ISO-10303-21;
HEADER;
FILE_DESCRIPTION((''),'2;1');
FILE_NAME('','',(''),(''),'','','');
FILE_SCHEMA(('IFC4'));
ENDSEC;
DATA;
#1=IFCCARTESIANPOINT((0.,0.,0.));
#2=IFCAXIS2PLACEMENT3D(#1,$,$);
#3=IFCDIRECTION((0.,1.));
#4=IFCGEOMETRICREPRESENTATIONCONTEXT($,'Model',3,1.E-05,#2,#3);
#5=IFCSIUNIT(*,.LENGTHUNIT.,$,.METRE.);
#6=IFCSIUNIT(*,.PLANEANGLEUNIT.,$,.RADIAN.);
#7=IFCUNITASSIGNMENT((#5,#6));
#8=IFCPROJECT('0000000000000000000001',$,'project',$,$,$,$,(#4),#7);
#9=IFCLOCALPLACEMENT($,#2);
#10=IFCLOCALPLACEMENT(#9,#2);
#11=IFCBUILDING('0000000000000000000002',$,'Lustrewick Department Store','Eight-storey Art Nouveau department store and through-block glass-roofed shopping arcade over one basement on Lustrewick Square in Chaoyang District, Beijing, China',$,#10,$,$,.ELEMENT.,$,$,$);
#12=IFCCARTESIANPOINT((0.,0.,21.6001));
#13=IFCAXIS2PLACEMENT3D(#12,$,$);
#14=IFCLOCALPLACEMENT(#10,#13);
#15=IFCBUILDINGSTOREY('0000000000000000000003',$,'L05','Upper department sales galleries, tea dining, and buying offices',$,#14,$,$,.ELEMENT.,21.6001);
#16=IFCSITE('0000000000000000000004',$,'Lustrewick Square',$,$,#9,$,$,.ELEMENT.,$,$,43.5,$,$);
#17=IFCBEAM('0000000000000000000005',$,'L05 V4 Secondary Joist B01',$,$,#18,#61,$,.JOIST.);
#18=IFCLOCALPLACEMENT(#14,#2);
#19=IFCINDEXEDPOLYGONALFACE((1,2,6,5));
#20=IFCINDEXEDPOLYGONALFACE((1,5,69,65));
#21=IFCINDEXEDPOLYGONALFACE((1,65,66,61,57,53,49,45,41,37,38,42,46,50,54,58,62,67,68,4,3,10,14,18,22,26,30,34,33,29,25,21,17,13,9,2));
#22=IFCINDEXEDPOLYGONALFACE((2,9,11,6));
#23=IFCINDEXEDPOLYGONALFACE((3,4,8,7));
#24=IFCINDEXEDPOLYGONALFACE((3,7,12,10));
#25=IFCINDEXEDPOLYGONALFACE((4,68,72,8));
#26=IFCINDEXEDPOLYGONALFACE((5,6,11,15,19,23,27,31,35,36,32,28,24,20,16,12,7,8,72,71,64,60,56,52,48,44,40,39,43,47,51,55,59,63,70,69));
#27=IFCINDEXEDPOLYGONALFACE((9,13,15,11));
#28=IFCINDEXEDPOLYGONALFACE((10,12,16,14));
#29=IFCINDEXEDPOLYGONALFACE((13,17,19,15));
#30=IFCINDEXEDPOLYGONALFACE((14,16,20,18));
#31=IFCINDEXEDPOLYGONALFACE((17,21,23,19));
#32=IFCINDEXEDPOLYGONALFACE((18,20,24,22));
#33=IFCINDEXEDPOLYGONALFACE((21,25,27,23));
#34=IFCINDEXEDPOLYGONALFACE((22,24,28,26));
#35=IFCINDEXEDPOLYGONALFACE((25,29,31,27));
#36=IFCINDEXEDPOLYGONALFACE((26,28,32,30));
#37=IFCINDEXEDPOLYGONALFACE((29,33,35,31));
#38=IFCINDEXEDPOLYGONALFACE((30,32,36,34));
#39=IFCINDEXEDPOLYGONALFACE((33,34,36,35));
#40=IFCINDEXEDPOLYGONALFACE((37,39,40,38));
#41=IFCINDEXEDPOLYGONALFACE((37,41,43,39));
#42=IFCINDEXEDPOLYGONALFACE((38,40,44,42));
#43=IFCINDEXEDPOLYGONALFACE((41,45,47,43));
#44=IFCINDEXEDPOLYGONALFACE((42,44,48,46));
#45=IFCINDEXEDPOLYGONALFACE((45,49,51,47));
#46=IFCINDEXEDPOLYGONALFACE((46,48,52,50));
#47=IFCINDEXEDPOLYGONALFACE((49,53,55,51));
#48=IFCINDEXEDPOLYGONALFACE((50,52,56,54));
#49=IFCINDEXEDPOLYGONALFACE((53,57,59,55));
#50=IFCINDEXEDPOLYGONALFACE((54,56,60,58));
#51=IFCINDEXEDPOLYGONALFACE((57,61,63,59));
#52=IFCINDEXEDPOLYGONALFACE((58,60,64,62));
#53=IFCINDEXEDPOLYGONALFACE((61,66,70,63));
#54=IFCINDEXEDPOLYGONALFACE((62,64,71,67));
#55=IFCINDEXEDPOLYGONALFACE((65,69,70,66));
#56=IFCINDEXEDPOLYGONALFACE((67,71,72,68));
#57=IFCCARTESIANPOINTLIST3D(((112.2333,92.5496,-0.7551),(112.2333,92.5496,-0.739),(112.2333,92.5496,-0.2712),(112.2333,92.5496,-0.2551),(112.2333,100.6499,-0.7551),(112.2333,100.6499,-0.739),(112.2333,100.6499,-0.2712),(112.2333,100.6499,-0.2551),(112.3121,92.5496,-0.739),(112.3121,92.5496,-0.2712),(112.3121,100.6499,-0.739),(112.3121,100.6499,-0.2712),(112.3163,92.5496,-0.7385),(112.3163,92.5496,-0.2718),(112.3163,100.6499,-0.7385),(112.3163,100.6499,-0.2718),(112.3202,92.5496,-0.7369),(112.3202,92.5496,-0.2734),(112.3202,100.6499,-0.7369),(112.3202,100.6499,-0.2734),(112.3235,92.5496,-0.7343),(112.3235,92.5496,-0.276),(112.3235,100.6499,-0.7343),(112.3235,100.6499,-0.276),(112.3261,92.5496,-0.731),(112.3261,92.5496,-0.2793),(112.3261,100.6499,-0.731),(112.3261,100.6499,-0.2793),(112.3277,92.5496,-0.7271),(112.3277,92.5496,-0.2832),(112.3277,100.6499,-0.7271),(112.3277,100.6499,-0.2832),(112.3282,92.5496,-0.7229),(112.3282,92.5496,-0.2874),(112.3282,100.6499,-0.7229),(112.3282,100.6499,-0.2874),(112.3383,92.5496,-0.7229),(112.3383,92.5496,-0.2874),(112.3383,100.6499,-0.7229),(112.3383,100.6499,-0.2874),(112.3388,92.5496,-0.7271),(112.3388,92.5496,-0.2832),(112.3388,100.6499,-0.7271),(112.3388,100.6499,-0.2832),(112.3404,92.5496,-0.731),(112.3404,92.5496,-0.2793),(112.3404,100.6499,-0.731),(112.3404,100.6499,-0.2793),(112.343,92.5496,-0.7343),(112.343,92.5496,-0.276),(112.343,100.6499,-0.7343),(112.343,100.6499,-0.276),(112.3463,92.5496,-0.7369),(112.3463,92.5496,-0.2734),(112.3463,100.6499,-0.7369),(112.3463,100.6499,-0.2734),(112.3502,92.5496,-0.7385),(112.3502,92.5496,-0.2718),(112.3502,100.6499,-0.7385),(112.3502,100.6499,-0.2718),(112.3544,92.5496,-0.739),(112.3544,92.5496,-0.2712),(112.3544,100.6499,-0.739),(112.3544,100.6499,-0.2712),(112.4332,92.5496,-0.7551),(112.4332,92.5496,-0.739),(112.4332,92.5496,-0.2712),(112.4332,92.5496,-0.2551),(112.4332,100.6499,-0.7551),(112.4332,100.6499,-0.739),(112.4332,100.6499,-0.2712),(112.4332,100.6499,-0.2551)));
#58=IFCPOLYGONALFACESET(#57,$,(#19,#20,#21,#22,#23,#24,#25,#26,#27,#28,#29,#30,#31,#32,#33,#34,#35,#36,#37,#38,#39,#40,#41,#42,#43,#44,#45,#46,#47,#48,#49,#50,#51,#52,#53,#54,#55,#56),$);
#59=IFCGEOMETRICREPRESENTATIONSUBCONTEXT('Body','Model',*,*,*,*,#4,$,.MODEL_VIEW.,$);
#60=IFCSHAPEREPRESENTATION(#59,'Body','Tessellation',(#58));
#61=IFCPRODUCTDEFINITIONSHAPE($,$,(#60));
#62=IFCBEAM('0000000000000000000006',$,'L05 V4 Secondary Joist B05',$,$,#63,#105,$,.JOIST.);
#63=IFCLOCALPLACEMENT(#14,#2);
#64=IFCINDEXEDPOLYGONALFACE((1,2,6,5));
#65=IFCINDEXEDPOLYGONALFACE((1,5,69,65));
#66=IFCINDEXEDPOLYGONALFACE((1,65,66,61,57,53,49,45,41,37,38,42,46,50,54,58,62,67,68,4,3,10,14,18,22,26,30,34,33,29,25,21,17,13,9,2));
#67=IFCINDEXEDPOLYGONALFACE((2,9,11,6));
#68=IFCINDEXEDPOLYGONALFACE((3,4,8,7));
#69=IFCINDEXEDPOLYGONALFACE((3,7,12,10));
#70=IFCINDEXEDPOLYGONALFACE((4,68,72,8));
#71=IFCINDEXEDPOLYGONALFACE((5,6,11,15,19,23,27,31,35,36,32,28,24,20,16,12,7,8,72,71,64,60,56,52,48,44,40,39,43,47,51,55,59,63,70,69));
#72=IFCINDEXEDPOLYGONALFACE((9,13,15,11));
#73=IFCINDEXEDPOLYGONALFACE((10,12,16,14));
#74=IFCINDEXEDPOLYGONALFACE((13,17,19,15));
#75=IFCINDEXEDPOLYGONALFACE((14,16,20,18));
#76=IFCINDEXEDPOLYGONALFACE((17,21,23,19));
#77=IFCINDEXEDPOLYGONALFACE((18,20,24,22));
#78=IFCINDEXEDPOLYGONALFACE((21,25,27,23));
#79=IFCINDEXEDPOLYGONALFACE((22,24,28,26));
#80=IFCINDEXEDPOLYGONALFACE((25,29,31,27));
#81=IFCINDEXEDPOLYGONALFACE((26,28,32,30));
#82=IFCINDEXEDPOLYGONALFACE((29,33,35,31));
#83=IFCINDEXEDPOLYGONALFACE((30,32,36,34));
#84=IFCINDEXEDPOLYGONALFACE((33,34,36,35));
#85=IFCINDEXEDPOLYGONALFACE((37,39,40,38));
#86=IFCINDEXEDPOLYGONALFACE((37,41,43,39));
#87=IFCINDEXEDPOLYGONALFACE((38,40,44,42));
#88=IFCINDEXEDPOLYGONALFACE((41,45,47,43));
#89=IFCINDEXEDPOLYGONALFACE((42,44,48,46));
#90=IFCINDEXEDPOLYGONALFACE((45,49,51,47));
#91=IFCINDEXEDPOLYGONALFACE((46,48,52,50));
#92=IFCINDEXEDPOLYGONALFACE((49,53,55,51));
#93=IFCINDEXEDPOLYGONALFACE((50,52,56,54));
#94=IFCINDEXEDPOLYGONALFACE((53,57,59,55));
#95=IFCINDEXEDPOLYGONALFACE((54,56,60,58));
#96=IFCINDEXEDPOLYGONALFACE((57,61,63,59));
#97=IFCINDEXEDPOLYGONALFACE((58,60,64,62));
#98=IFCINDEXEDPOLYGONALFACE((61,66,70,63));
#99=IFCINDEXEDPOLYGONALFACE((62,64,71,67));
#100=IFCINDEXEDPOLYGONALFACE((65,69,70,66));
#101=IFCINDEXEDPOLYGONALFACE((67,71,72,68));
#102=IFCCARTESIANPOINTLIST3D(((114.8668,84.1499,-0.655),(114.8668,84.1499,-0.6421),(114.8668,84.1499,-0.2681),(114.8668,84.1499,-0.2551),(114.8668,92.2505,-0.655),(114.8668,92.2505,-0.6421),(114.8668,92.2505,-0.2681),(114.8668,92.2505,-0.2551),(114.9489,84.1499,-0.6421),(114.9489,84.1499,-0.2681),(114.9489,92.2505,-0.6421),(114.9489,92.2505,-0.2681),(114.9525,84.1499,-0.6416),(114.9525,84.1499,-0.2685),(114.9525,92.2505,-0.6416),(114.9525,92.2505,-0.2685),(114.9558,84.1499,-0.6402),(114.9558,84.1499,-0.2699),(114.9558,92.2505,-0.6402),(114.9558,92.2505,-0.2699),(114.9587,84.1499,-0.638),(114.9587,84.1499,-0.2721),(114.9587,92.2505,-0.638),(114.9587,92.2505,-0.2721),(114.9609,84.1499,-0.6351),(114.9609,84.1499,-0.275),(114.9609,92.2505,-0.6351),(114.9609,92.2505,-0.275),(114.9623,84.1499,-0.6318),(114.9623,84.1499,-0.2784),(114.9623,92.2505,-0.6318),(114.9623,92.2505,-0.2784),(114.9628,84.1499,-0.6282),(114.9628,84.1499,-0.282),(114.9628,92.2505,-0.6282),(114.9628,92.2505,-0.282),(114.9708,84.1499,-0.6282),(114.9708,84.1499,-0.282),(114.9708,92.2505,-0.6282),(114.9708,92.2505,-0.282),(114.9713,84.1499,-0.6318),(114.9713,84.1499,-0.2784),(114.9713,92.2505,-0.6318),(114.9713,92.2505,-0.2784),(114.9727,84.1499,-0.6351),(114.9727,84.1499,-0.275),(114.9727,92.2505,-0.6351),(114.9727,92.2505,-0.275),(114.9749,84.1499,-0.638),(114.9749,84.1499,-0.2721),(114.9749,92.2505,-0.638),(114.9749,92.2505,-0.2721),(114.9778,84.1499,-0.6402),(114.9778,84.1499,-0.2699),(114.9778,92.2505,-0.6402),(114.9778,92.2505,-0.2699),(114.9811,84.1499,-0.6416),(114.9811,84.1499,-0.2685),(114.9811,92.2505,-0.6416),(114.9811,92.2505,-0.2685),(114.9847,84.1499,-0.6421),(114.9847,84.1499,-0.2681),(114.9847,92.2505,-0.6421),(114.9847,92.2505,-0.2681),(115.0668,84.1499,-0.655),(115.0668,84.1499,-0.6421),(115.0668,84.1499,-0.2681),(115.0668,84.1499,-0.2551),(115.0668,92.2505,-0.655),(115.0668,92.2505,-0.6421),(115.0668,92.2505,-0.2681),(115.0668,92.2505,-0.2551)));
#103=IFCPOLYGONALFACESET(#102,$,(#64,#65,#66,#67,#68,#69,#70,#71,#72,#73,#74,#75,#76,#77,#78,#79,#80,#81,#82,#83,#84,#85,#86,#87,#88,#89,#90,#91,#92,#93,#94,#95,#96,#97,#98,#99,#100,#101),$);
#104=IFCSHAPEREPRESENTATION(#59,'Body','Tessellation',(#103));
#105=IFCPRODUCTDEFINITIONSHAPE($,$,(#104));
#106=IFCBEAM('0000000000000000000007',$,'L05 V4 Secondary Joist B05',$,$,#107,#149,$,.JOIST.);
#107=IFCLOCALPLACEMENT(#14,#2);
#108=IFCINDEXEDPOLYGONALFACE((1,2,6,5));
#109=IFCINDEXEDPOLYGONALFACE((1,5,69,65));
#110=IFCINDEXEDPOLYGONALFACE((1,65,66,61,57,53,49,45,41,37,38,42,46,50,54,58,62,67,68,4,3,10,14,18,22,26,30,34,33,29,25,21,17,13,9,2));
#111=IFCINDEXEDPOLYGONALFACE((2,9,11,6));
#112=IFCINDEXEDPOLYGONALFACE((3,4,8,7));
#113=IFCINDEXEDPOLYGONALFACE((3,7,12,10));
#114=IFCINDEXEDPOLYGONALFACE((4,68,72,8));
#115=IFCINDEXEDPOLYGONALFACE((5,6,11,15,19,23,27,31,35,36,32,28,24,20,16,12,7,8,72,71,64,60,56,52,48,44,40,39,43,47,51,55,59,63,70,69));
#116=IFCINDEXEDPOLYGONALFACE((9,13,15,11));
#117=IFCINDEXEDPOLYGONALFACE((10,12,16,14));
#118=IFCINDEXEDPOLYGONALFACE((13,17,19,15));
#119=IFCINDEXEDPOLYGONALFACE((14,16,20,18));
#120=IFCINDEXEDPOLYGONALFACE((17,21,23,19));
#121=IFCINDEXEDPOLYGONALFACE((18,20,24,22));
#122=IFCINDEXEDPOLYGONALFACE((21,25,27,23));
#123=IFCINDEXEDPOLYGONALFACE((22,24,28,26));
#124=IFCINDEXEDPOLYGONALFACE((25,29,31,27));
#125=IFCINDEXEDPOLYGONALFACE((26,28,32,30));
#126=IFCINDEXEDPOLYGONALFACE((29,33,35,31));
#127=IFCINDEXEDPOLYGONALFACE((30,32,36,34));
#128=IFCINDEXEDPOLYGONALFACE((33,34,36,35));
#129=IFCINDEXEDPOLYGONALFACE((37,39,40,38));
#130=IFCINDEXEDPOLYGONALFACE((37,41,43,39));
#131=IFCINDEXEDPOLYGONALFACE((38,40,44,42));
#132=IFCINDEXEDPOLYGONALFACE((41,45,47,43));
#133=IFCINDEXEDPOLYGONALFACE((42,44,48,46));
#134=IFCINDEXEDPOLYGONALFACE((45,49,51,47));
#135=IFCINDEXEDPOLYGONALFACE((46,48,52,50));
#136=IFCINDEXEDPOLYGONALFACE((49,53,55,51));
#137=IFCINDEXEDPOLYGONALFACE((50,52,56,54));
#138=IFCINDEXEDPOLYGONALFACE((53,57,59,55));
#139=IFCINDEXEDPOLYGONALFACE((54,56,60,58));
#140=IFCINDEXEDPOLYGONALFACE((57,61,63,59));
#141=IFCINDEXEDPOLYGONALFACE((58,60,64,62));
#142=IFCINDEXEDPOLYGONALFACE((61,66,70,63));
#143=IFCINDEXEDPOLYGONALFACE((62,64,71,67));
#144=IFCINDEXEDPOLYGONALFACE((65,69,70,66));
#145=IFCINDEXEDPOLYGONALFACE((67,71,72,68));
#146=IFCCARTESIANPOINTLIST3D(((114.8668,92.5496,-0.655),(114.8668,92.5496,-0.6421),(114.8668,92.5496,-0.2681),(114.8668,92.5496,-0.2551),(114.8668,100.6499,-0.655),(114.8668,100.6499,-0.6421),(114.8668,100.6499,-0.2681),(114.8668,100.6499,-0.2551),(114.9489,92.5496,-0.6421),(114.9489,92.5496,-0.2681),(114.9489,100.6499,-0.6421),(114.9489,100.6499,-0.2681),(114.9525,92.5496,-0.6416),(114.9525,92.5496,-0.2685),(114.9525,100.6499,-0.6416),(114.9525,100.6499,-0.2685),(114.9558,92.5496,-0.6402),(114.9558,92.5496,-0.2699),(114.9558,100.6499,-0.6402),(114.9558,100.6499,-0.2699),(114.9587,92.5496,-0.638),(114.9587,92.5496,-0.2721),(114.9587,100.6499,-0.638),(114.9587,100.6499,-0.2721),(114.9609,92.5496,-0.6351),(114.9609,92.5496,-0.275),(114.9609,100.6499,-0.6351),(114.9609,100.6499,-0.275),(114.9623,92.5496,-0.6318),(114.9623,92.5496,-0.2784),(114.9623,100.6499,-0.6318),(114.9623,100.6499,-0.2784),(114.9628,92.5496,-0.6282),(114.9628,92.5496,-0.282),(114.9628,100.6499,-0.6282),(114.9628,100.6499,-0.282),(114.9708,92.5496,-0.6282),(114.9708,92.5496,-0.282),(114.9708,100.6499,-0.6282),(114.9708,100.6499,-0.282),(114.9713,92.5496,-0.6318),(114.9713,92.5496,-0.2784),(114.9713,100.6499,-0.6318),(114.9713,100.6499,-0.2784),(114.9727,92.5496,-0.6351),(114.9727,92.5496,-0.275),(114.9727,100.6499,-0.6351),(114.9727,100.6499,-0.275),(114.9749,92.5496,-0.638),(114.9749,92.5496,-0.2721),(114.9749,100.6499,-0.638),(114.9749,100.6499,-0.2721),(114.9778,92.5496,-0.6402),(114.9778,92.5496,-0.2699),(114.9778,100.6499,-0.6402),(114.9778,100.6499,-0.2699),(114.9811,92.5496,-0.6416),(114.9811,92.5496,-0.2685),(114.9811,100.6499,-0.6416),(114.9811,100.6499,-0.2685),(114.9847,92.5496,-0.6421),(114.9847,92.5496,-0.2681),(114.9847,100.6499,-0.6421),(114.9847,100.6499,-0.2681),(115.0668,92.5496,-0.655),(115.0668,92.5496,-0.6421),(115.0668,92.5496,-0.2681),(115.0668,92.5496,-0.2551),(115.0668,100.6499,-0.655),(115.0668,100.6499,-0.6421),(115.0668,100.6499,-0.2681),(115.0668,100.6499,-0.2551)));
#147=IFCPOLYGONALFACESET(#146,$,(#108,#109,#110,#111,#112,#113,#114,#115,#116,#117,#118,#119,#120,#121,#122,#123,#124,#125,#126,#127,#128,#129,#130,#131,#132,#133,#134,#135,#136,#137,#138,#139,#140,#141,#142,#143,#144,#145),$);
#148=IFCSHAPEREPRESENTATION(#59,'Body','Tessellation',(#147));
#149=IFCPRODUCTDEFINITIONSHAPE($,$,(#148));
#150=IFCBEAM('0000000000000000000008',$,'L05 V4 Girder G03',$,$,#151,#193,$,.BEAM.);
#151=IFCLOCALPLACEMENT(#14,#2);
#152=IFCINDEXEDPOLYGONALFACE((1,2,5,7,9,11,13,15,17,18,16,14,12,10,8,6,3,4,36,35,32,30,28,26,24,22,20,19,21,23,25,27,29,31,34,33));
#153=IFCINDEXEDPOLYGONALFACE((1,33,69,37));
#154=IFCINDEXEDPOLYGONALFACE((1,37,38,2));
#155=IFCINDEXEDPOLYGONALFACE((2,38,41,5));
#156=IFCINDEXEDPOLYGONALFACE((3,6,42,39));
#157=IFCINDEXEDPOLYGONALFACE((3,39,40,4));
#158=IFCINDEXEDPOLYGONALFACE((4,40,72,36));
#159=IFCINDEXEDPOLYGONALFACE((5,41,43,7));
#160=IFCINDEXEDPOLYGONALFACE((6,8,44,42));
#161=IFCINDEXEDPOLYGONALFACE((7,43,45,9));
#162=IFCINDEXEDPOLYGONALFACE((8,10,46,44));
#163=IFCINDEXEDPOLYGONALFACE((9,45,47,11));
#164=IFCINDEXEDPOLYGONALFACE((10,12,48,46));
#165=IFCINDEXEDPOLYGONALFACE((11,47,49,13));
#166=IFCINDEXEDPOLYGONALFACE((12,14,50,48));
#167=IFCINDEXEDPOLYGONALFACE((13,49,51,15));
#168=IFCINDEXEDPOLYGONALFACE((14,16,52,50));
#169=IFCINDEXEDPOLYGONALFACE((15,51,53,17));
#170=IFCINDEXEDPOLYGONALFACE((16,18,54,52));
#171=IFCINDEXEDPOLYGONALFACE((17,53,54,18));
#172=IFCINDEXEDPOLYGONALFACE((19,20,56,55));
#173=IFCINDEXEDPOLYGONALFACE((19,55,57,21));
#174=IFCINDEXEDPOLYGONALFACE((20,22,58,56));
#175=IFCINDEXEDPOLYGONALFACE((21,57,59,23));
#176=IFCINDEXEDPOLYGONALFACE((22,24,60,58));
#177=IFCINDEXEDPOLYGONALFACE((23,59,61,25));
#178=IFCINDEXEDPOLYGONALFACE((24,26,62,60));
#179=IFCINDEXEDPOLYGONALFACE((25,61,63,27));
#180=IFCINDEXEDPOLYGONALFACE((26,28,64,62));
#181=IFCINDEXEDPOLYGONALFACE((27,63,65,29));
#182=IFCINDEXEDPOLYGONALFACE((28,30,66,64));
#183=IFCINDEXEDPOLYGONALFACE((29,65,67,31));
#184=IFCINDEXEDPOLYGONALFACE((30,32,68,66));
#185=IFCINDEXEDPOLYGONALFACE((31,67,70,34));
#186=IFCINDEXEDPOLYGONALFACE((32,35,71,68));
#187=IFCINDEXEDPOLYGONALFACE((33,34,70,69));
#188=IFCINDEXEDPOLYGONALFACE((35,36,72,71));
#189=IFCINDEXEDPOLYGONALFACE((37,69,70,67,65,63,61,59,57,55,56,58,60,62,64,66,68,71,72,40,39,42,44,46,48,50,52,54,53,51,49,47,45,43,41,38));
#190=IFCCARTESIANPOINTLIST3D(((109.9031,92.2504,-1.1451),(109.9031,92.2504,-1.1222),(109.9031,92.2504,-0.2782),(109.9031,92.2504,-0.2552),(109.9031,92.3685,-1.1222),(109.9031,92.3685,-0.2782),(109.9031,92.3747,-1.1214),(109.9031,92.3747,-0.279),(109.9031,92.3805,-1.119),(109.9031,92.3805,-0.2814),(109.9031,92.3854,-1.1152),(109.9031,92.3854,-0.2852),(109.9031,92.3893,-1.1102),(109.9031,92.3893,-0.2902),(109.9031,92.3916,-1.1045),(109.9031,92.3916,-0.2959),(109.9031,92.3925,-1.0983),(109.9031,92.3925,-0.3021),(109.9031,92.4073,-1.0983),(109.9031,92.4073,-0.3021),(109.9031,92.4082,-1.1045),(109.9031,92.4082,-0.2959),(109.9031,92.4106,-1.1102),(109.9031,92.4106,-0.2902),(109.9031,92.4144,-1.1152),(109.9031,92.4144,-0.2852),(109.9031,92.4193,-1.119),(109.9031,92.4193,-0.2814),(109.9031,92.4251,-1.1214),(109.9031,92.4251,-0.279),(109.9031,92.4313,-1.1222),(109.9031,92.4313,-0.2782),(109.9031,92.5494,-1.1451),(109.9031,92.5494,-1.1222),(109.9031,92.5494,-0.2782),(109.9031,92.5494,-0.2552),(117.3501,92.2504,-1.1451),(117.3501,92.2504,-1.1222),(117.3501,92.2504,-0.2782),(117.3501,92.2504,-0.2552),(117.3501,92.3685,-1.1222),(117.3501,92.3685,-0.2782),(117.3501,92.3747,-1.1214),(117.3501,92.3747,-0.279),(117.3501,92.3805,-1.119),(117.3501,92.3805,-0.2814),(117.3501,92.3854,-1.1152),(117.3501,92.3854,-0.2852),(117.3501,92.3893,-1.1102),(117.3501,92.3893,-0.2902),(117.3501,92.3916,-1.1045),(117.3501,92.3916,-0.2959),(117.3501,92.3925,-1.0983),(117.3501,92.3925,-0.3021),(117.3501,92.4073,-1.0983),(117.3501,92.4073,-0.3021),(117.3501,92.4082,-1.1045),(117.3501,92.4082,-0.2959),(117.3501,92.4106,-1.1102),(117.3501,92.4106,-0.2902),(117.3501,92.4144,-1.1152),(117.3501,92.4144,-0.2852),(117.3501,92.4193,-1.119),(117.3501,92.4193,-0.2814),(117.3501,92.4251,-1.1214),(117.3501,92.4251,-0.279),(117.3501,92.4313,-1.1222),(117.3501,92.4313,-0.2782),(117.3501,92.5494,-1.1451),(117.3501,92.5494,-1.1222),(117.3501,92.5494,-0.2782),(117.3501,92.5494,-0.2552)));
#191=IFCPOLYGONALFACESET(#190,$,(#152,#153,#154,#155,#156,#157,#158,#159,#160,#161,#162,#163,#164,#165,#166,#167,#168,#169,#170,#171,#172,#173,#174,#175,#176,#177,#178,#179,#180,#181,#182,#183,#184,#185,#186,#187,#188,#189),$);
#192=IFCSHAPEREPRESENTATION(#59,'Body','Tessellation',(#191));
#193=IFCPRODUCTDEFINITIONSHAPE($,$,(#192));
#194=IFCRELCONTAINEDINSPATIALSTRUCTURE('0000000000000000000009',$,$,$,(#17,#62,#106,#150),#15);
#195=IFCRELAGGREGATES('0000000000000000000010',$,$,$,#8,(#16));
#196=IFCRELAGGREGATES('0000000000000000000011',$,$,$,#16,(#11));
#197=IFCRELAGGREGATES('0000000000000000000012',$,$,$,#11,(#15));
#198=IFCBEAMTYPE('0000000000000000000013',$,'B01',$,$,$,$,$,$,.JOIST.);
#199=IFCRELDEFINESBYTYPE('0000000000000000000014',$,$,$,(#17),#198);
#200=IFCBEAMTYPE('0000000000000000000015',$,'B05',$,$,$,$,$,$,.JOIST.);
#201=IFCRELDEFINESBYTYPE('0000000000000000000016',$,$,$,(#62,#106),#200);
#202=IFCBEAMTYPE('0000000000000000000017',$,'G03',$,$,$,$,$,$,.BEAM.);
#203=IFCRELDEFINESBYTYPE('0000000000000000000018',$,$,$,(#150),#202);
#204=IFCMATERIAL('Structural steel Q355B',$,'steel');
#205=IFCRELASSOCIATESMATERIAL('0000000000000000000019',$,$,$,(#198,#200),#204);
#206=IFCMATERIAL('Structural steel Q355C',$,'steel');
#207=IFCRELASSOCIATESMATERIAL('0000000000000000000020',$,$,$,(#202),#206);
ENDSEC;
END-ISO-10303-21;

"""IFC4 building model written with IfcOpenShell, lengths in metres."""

from ifc_helpers import new_model, si_unit, direction, frame, origin, origin_2d, place, context, subcontext, project, spatial, i_section, extrude, material, material_profile, profile_set, type_object, element, save


model = new_model("IFC4")

# Units and contexts
model_context = context("Model", 3, precision=1e-05, world=origin(), true_north=direction((0.0, 1.0)))
body_context = subcontext(model_context, "Body", "Model", "MODEL_VIEW")
ifc_project = project(units=[si_unit("LENGTHUNIT", "METRE"), si_unit("PLANEANGLEUNIT", "RADIAN")], contexts=[model_context])

# Site, building, storey
site_placement = place(None, origin())
site = spatial("IfcSite", under=ifc_project, at=site_placement, Name="Lustrewick Square", CompositionType="ELEMENT", RefElevation=43.5)
building_placement = place(site_placement, origin())
building = spatial("IfcBuilding", under=site, at=building_placement, Name="Lustrewick Department Store", Description="Eight-storey Art Nouveau department store and through-block glass-roofed shopping arcade over one basement on Lustrewick Square in Chaoyang District, Beijing, China", CompositionType="ELEMENT")
storey_placement = place(building_placement, frame((0.0, 0.0, 21.6001)))
storey = spatial("IfcBuildingStorey", under=building, at=storey_placement, Name="L05", Description="Upper department sales galleries, tea dining, and buying offices", CompositionType="ELEMENT", Elevation=21.6001)

# Shared definitions
ifc_material_1 = material(Name="Structural steel Q355B", Category="steel")

# Beams
ifc_material_profile_1 = material_profile(ifc_material_1, i_section(OverallWidth=0.2, OverallDepth=0.5, WebThickness=0.01, FlangeThickness=0.0161, FilletRadius=0.0161, at=origin_2d()), Name="HN 500x200x10x16")
ifc_profile_set_1 = profile_set([ifc_material_profile_1], Name="Structural steel Q355B")
beam_type_1 = type_object("IfcBeamType", Name="B01", PredefinedType="JOIST", material=ifc_profile_set_1)
beam_1_placement = place(storey_placement, frame((112.3333, 92.5496, -0.5051), z_axis=(0.0, 1.0, 0.0), x_axis=(-1.0, 0.0, 0.0)))
element("IfcBeam", 1, at=beam_1_placement, inside=storey, type_object=beam_type_1, Name="L05 V4 Secondary Joist B01", PredefinedType="JOIST", context=body_context, shape_type="SweptSolid", body=[
    extrude(i_section(OverallWidth=0.2, OverallDepth=0.5, WebThickness=0.01, FlangeThickness=0.0161, FilletRadius=0.0161, at=origin_2d()), origin(), (0.0, 0.0, 1.0), 8.1003),
])
ifc_material_profile_2 = material_profile(ifc_material_1, i_section(OverallWidth=0.2, OverallDepth=0.3999, WebThickness=0.0081, FlangeThickness=0.0129, FilletRadius=0.0139, at=origin_2d()), Name="HN 400x200x8x13")
ifc_profile_set_2 = profile_set([ifc_material_profile_2], Name="Structural steel Q355B")
beam_type_2 = type_object("IfcBeamType", Name="B05", PredefinedType="JOIST", material=ifc_profile_set_2)
beam_2_placement = place(storey_placement, frame((114.9668, 84.1499, -0.4551), z_axis=(0.0, 1.0, 0.0), x_axis=(-1.0, 0.0, 0.0)))
element("IfcBeam", 2, at=beam_2_placement, inside=storey, type_object=beam_type_2, Name="L05 V4 Secondary Joist B05", PredefinedType="JOIST", context=body_context, shape_type="SweptSolid", body=[
    extrude(i_section(OverallWidth=0.2, OverallDepth=0.3999, WebThickness=0.0081, FlangeThickness=0.0129, FilletRadius=0.0139, at=origin_2d()), origin(), (0.0, 0.0, 1.0), 8.1006),
])
beam_3_placement = place(storey_placement, frame((114.9668, 92.5496, -0.4551), z_axis=(0.0, 1.0, 0.0), x_axis=(-1.0, 0.0, 0.0)))
element("IfcBeam", 3, at=beam_3_placement, inside=storey, type_object=beam_type_2, Name="L05 V4 Secondary Joist B05", PredefinedType="JOIST", context=body_context, shape_type="SweptSolid", body=[
    extrude(i_section(OverallWidth=0.2, OverallDepth=0.3999, WebThickness=0.0081, FlangeThickness=0.0129, FilletRadius=0.0139, at=origin_2d()), origin(), (0.0, 0.0, 1.0), 8.1003),
])
ifc_material_2 = material(Name="Structural steel Q355C", Category="steel")
ifc_material_profile_3 = material_profile(ifc_material_2, i_section(OverallWidth=0.2991, OverallDepth=0.8899, WebThickness=0.0149, FlangeThickness=0.0229, FilletRadius=0.0239, at=origin_2d()), Name="HN 890x299x15x23")
ifc_profile_set_3 = profile_set([ifc_material_profile_3], Name="Structural steel Q355C")
beam_type_3 = type_object("IfcBeamType", Name="G03", PredefinedType="BEAM", material=ifc_profile_set_3)
beam_4_placement = place(storey_placement, frame((109.9031, 92.3999, -0.7002), z_axis=(1.0, 0.0, 0.0), x_axis=(0.0, 1.0, 0.0)))
element("IfcBeam", 4, at=beam_4_placement, inside=storey, type_object=beam_type_3, Name="L05 V4 Girder G03", PredefinedType="BEAM", context=body_context, shape_type="SweptSolid", body=[
    extrude(i_section(OverallWidth=0.2991, OverallDepth=0.8899, WebThickness=0.0149, FlangeThickness=0.0229, FilletRadius=0.0239, at=origin_2d()), origin(), (0.0, 0.0, 1.0), 7.447),
])

save(model, "model.ifc")
